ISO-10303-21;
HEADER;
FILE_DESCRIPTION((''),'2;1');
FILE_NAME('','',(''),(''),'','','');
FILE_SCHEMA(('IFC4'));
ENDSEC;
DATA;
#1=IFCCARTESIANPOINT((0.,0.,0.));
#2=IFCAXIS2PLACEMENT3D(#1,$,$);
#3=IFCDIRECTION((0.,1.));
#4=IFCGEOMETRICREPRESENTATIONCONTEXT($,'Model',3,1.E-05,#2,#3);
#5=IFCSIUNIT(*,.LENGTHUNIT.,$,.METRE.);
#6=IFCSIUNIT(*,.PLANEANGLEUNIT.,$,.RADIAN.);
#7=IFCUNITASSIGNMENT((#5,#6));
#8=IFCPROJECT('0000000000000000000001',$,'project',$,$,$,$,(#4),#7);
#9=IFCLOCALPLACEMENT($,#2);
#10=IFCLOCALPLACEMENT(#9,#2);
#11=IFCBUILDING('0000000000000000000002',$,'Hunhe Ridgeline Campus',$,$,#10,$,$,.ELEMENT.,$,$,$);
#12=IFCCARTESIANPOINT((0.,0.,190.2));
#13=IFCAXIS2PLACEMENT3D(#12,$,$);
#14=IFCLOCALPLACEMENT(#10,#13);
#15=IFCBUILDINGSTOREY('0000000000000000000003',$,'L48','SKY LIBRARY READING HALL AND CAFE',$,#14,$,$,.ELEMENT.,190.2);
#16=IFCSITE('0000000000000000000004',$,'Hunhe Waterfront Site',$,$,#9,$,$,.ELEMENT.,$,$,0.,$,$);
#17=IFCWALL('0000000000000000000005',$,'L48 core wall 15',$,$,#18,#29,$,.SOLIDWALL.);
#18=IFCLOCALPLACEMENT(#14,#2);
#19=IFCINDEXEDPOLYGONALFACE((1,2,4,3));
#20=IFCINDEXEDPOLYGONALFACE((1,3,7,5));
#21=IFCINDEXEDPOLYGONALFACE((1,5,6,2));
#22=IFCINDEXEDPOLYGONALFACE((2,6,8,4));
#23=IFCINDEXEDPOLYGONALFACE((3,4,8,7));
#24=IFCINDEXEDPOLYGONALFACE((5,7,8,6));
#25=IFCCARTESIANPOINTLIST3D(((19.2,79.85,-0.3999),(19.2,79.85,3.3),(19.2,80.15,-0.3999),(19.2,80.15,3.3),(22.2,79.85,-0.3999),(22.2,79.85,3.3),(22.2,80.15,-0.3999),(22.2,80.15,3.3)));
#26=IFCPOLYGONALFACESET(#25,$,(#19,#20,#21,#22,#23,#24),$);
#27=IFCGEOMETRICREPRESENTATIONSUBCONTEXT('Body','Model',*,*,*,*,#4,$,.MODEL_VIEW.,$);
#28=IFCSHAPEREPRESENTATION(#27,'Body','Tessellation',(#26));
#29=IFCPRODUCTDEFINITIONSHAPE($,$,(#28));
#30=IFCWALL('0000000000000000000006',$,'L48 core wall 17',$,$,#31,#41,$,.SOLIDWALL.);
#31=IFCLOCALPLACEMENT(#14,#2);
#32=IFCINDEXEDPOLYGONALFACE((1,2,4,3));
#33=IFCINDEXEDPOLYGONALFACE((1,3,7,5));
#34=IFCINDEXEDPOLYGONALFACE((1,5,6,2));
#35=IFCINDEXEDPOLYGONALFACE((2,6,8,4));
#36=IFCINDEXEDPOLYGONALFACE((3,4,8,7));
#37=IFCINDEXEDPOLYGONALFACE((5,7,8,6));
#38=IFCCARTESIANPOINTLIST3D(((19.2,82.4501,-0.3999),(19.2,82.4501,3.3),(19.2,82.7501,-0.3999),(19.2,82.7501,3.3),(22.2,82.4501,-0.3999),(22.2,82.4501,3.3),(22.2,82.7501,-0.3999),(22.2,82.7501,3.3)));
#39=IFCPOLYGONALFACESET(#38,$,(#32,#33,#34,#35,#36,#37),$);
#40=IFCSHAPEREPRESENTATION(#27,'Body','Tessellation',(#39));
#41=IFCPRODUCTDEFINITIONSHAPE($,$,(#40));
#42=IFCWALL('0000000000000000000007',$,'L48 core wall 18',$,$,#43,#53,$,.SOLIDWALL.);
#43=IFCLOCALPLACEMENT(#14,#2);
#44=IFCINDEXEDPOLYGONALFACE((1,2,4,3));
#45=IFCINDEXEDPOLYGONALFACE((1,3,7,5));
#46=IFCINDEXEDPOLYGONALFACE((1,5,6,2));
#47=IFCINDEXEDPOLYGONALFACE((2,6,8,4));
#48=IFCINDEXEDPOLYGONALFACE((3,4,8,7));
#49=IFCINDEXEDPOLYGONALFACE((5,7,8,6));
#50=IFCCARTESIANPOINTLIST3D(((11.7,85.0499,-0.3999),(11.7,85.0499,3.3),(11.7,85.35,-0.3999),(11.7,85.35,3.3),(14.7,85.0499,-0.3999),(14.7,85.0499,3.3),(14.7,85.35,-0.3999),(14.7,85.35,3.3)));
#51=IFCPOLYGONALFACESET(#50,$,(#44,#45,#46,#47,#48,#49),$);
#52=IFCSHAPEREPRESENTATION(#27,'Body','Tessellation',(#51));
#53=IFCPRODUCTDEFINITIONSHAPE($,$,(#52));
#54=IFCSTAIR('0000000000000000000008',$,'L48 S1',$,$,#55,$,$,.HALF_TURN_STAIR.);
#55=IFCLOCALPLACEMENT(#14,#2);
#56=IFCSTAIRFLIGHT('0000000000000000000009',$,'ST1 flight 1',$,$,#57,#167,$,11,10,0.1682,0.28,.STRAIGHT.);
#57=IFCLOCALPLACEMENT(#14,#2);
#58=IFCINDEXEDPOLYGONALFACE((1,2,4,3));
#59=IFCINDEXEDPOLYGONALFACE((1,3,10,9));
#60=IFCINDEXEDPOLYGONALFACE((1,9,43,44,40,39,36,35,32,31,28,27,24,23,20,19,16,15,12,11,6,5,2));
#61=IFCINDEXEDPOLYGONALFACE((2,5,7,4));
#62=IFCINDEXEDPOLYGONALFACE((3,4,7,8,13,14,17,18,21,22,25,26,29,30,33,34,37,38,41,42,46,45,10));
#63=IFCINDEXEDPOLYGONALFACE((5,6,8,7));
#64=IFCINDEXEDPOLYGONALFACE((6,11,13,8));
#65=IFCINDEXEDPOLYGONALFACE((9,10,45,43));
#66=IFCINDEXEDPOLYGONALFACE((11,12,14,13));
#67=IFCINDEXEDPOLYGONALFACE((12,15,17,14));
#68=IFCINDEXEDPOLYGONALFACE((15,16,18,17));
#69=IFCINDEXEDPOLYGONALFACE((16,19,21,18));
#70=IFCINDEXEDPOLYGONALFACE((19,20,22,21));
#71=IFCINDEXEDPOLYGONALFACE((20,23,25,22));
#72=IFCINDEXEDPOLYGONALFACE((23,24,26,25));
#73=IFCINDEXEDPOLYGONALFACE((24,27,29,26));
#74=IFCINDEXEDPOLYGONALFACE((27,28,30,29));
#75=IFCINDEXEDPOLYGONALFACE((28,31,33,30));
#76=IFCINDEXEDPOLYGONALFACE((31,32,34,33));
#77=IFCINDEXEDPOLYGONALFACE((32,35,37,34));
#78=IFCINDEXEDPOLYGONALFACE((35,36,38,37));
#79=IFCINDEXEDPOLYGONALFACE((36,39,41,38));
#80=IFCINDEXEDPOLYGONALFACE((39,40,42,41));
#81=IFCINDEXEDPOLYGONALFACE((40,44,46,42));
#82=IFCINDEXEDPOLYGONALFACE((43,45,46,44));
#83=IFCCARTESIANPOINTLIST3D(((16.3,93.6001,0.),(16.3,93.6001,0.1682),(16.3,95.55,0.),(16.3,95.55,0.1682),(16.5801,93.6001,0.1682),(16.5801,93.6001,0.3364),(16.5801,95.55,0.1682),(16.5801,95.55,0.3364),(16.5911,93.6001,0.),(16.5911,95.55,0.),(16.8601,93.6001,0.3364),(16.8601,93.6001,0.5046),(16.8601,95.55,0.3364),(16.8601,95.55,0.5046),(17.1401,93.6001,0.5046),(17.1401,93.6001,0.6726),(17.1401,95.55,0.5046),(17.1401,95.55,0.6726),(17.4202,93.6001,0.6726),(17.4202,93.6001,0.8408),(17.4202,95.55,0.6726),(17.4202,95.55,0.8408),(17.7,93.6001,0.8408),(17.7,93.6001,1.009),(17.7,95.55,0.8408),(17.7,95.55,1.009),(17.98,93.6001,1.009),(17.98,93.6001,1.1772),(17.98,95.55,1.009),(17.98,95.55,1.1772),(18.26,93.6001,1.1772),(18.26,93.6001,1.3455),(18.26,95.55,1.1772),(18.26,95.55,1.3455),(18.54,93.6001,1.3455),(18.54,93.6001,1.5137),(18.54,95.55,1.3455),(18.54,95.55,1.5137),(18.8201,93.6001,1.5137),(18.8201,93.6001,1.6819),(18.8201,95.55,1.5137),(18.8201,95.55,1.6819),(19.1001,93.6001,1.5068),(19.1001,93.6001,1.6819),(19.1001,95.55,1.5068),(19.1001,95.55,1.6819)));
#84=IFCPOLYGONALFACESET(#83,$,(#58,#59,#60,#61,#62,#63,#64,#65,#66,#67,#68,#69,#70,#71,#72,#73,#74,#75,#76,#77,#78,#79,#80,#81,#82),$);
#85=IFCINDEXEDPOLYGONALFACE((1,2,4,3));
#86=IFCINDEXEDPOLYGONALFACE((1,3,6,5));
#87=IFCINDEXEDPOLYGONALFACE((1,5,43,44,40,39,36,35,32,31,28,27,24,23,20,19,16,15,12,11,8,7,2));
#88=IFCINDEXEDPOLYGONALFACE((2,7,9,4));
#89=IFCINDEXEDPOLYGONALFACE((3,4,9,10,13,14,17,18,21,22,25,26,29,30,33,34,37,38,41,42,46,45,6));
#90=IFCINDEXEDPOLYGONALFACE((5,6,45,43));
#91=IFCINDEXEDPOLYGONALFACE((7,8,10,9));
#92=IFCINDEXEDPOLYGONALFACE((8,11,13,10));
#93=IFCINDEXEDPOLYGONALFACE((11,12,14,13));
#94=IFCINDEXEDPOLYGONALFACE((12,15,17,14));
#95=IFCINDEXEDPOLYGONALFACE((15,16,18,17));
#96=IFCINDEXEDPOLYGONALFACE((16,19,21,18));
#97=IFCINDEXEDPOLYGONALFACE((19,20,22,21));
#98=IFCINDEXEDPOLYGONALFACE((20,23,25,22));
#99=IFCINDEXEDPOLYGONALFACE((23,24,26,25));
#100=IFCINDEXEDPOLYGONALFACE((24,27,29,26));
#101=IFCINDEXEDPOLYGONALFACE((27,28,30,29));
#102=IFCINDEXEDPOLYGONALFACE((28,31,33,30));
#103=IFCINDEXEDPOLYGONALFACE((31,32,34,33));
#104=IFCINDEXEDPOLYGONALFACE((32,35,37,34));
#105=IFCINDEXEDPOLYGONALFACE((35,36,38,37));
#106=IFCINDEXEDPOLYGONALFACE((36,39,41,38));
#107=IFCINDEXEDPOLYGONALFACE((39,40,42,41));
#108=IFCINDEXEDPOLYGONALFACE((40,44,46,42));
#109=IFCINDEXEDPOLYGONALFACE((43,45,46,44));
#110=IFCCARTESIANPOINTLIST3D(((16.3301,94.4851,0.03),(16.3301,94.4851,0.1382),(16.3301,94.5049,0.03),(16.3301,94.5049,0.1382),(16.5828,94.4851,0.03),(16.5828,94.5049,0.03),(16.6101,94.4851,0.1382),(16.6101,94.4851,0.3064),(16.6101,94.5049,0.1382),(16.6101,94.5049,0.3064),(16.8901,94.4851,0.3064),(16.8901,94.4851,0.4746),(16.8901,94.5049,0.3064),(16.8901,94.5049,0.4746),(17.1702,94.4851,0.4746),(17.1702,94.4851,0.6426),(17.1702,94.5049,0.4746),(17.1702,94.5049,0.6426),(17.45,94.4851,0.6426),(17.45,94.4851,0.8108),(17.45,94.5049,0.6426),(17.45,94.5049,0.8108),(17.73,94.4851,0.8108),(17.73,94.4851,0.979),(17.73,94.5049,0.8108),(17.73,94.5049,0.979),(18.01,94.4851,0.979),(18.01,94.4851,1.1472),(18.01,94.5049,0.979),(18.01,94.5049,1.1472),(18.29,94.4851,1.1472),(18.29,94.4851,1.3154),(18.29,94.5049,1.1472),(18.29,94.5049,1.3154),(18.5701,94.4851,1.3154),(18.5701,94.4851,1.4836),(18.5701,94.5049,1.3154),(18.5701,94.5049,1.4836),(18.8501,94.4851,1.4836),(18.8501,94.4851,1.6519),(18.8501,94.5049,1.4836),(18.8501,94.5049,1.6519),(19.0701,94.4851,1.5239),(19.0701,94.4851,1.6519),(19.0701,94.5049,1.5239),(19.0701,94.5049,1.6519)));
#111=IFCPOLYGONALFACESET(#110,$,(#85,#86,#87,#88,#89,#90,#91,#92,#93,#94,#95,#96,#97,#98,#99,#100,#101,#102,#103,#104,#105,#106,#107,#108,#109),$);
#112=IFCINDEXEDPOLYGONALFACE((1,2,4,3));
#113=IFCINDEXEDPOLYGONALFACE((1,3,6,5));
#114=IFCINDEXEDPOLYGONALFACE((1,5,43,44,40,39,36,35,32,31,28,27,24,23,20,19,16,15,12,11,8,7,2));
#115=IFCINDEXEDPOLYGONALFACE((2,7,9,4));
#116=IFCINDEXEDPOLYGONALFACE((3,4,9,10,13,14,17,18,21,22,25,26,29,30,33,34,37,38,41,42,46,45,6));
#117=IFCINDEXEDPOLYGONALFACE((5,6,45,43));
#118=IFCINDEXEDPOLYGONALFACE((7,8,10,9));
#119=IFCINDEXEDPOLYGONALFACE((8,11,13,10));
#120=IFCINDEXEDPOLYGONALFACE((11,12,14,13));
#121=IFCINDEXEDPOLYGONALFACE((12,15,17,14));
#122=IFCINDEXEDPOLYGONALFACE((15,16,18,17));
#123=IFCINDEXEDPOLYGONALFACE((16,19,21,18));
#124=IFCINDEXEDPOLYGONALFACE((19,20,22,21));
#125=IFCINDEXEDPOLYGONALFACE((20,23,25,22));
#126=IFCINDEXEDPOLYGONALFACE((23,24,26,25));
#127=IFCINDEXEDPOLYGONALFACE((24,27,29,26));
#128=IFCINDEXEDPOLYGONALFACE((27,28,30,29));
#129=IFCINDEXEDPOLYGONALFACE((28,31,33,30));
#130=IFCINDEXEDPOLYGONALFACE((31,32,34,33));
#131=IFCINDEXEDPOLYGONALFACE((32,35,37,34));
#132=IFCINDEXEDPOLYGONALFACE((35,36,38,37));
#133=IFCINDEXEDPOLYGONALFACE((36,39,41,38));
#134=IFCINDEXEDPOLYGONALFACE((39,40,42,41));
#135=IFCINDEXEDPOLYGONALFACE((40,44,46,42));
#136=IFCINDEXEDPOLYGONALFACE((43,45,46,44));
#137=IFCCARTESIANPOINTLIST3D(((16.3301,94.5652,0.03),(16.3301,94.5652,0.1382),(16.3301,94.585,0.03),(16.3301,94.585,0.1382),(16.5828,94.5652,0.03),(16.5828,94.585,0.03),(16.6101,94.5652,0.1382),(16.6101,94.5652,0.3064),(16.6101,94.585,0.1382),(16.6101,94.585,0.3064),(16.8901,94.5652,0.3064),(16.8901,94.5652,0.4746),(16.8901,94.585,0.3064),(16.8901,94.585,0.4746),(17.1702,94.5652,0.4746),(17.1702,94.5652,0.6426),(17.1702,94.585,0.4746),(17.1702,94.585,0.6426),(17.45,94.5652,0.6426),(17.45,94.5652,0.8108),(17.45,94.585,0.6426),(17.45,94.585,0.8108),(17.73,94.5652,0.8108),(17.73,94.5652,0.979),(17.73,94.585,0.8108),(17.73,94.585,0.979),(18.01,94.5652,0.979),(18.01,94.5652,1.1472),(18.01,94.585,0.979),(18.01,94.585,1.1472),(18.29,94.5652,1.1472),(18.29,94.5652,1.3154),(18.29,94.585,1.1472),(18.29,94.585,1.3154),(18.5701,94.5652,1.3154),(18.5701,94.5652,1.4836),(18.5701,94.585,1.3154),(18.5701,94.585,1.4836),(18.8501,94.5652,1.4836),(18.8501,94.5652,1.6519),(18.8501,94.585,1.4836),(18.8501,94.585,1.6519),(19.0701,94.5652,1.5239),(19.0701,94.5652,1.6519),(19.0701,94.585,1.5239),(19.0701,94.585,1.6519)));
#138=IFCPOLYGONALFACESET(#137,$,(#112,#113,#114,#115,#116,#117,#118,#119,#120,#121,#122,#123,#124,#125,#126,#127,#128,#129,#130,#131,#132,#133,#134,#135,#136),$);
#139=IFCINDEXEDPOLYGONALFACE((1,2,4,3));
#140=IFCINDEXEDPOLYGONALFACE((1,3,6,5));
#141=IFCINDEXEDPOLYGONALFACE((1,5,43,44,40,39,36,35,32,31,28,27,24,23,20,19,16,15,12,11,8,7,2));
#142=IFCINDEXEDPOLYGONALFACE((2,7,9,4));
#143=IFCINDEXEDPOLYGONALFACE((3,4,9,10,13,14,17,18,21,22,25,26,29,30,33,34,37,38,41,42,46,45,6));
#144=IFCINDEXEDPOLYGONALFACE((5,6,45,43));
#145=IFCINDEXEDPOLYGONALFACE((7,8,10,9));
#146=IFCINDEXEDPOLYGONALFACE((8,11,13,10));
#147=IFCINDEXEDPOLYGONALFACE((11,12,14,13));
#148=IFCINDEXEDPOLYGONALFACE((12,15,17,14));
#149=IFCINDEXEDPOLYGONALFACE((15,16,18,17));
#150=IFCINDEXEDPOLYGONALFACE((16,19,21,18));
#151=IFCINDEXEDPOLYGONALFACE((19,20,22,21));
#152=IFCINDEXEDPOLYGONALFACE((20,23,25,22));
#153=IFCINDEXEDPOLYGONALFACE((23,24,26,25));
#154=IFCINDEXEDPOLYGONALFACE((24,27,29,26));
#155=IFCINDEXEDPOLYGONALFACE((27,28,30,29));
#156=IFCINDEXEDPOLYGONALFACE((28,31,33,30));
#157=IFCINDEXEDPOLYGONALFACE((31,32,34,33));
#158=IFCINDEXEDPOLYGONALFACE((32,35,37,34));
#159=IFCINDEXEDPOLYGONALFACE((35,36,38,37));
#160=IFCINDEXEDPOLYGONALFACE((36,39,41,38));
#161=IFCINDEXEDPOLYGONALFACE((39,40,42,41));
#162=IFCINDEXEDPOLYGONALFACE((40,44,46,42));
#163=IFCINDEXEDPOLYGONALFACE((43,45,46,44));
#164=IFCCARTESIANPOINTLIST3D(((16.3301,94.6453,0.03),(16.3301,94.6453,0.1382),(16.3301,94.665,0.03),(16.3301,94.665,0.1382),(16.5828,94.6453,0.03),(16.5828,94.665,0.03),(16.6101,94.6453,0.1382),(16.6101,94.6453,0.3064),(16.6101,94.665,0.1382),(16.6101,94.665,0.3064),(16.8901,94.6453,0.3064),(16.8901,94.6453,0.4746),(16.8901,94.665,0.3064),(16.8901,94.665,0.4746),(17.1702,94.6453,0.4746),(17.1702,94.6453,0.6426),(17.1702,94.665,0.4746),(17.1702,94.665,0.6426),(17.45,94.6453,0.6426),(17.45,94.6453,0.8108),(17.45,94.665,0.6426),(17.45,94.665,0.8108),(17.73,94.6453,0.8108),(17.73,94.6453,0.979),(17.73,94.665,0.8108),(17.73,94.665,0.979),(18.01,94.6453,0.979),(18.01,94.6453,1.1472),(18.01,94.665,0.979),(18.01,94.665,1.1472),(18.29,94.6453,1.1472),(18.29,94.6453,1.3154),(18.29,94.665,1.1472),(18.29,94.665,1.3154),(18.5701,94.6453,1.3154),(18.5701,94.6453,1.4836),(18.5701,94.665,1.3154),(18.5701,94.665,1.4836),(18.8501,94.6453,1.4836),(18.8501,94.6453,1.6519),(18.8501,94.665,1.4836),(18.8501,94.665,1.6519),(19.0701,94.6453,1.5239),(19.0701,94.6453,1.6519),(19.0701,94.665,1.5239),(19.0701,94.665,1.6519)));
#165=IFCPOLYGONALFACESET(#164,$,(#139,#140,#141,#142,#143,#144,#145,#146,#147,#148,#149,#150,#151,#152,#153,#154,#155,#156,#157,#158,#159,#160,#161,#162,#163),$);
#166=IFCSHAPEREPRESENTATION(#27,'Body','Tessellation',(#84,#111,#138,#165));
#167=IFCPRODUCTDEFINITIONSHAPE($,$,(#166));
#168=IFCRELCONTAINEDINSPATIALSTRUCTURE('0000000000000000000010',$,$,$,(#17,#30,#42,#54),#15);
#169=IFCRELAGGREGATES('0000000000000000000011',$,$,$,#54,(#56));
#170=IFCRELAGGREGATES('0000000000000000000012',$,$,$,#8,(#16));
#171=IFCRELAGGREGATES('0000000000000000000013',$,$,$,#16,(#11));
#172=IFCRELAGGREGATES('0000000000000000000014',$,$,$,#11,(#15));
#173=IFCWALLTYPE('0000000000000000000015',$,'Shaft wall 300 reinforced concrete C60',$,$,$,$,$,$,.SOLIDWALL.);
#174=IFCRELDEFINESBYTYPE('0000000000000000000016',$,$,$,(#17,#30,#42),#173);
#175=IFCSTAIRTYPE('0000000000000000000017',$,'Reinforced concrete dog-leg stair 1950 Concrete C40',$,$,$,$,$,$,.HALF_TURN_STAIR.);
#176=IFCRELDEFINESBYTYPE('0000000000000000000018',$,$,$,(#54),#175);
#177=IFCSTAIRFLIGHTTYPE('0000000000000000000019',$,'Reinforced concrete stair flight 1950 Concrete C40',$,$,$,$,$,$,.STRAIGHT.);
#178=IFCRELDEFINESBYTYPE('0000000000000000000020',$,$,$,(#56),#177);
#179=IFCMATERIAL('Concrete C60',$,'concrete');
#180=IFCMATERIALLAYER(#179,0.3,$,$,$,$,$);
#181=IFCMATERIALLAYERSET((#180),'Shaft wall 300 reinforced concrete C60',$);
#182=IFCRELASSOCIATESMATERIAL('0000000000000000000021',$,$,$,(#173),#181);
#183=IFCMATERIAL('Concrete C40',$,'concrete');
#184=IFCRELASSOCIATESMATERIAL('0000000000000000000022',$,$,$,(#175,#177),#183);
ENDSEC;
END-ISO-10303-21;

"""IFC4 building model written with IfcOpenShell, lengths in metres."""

from ifc_helpers import new_model, si_unit, direction, frame, frame_2d, origin, place, context, subcontext, project, spatial, polyline, rectangle, outline, extrude, material, layer, layer_set, type_object, element, aggregate, save


model = new_model("IFC4")

# Units and contexts
model_context = context("Model", 3, precision=1e-05, world=origin(), true_north=direction((0.0, 1.0)))
body_context = subcontext(model_context, "Body", "Model", "MODEL_VIEW")
ifc_project = project(units=[si_unit("LENGTHUNIT", "METRE"), si_unit("PLANEANGLEUNIT", "RADIAN")], contexts=[model_context])

# Site, building, storey
site_placement = place(None, origin())
site = spatial("IfcSite", under=ifc_project, at=site_placement, Name="Hunhe Waterfront Site", CompositionType="ELEMENT", RefElevation=0.0)
building_placement = place(site_placement, origin())
building = spatial("IfcBuilding", under=site, at=building_placement, Name="Hunhe Ridgeline Campus", CompositionType="ELEMENT")
storey_placement = place(building_placement, frame((0.0, 0.0, 190.2)))
storey = spatial("IfcBuildingStorey", under=building, at=storey_placement, Name="L48", Description="SKY LIBRARY READING HALL AND CAFE", CompositionType="ELEMENT", Elevation=190.2)

# Walls
ifc_material_1 = material(Name="Concrete C60", Category="concrete")
ifc_layer_1 = layer(ifc_material_1, 0.3)
ifc_layer_set_1 = layer_set([ifc_layer_1], Name="Shaft wall 300 reinforced concrete C60")
wall_type_1 = type_object("IfcWallType", Name="Shaft wall 300 reinforced concrete C60", PredefinedType="SOLIDWALL", material=ifc_layer_set_1)
for number, where, z_axis, x_axis, name in (
    (1, (19.2, 80.0, -0.3999), (0.0, 0.0, 1.0), (1.0, 0.0, 0.0), "L48 core wall 15"),
    (2, (19.2, 82.6001, -0.3999), (0.0, 0.0, 1.0), (1.0, 0.0, 0.0), "L48 core wall 17"),
    (3, (11.7, 85.2, -0.3999), (0.0, 0.0, 1.0), (1.0, 0.0, 0.0), "L48 core wall 18"),
):
    element("IfcWall", number, at=place(storey_placement, frame(where, z_axis=z_axis, x_axis=x_axis)), inside=storey, type_object=wall_type_1, Name=name, PredefinedType="SOLIDWALL", context=body_context, shape_type="SweptSolid", body=[
        extrude(rectangle(XDim=3.0, YDim=0.3, at=frame_2d((1.5, 0.0))), origin(), (0.0, 0.0, 1.0), 3.7),
    ])

# Stair, stair flight
ifc_material_2 = material(Name="Concrete C40", Category="concrete")
stair_type = type_object("IfcStairType", Name="Reinforced concrete dog-leg stair 1950 Concrete C40", PredefinedType="HALF_TURN_STAIR", material=ifc_material_2)
stair_placement = place(storey_placement, origin())
stair = element("IfcStair", 4, at=stair_placement, inside=storey, type_object=stair_type, Name="L48 S1", PredefinedType="HALF_TURN_STAIR")
stair_flight_type = type_object("IfcStairFlightType", Name="Reinforced concrete stair flight 1950 Concrete C40", PredefinedType="STRAIGHT", material=ifc_material_2)
stair_flight_1_placement = place(storey_placement, frame((16.3, 94.575, 0.0), z_axis=(0.0, 0.0, 1.0), x_axis=(1.0, 0.0, 0.0)))
stair_flight_1 = element("IfcStairFlight", 5, at=stair_flight_1_placement, type_object=stair_flight_type, Name="ST1 flight 1", NumberOfRisers=11, NumberOfTreads=10, PredefinedType="STRAIGHT", RiserHeight=0.1682, TreadLength=0.28, context=body_context, shape_type="SweptSolid", body=[
    extrude(outline(polyline([(0.0, 0.0), (0.0, 0.1682), (0.28, 0.1682), (0.28, 0.3364), (0.5601, 0.3364), (0.5601, 0.5046), (0.8401, 0.5046), (0.8401, 0.6726), (1.1201, 0.6726), (1.1201, 0.8408), (1.3999, 0.8408), (1.3999, 1.009), (1.6799, 1.009), (1.6799, 1.1772), (1.96, 1.1772), (1.96, 1.3455), (2.24, 1.3455), (2.24, 1.5137), (2.52, 1.5137), (2.52, 1.6819), (2.8, 1.6819), (2.8, 1.8501), (2.8, 1.5068), (0.291, 0.0), (0.0, 0.0)])), frame((0.0, 0.9751, 0.0), z_axis=(0.0, -1.0, 0.0), x_axis=(1.0, 0.0, 0.0)), (0.0, 0.0, 1.0), 1.95),
    extrude(outline(polyline([(0.03, 0.03), (0.03, 0.1382), (0.3101, 0.1382), (0.3101, 0.3064), (0.5901, 0.3064), (0.5901, 0.4746), (0.8701, 0.4746), (0.8701, 0.6426), (1.1499, 0.6426), (1.1499, 0.8108), (1.4299, 0.8108), (1.4299, 0.979), (1.71, 0.979), (1.71, 1.1472), (1.99, 1.1472), (1.99, 1.3154), (2.27, 1.3154), (2.27, 1.4836), (2.55, 1.4836), (2.55, 1.6519), (2.77, 1.6519), (2.77, 1.5239), (0.2827, 0.03), (0.03, 0.03)])), frame((0.0, -0.0701, 0.0), z_axis=(0.0, -1.0, 0.0), x_axis=(1.0, 0.0, 0.0)), (0.0, 0.0, 1.0), 0.0198),
    extrude(outline(polyline([(0.03, 0.03), (0.03, 0.1382), (0.3101, 0.1382), (0.3101, 0.3064), (0.5901, 0.3064), (0.5901, 0.4746), (0.8701, 0.4746), (0.8701, 0.6426), (1.1499, 0.6426), (1.1499, 0.8108), (1.4299, 0.8108), (1.4299, 0.979), (1.71, 0.979), (1.71, 1.1472), (1.99, 1.1472), (1.99, 1.3154), (2.27, 1.3154), (2.27, 1.4836), (2.55, 1.4836), (2.55, 1.6519), (2.77, 1.6519), (2.77, 1.5239), (0.2827, 0.03), (0.03, 0.03)])), frame((0.0, 0.01, 0.0), z_axis=(0.0, -1.0, 0.0), x_axis=(1.0, 0.0, 0.0)), (0.0, 0.0, 1.0), 0.0198),
    extrude(outline(polyline([(0.03, 0.03), (0.03, 0.1382), (0.3101, 0.1382), (0.3101, 0.3064), (0.5901, 0.3064), (0.5901, 0.4746), (0.8701, 0.4746), (0.8701, 0.6426), (1.1499, 0.6426), (1.1499, 0.8108), (1.4299, 0.8108), (1.4299, 0.979), (1.71, 0.979), (1.71, 1.1472), (1.99, 1.1472), (1.99, 1.3154), (2.27, 1.3154), (2.27, 1.4836), (2.55, 1.4836), (2.55, 1.6519), (2.77, 1.6519), (2.77, 1.5239), (0.2827, 0.03), (0.03, 0.03)])), frame((0.0, 0.0901, 0.0), z_axis=(0.0, -1.0, 0.0), x_axis=(1.0, 0.0, 0.0)), (0.0, 0.0, 1.0), 0.0198),
])
aggregate(stair, [stair_flight_1])

save(model, "model.ifc")
